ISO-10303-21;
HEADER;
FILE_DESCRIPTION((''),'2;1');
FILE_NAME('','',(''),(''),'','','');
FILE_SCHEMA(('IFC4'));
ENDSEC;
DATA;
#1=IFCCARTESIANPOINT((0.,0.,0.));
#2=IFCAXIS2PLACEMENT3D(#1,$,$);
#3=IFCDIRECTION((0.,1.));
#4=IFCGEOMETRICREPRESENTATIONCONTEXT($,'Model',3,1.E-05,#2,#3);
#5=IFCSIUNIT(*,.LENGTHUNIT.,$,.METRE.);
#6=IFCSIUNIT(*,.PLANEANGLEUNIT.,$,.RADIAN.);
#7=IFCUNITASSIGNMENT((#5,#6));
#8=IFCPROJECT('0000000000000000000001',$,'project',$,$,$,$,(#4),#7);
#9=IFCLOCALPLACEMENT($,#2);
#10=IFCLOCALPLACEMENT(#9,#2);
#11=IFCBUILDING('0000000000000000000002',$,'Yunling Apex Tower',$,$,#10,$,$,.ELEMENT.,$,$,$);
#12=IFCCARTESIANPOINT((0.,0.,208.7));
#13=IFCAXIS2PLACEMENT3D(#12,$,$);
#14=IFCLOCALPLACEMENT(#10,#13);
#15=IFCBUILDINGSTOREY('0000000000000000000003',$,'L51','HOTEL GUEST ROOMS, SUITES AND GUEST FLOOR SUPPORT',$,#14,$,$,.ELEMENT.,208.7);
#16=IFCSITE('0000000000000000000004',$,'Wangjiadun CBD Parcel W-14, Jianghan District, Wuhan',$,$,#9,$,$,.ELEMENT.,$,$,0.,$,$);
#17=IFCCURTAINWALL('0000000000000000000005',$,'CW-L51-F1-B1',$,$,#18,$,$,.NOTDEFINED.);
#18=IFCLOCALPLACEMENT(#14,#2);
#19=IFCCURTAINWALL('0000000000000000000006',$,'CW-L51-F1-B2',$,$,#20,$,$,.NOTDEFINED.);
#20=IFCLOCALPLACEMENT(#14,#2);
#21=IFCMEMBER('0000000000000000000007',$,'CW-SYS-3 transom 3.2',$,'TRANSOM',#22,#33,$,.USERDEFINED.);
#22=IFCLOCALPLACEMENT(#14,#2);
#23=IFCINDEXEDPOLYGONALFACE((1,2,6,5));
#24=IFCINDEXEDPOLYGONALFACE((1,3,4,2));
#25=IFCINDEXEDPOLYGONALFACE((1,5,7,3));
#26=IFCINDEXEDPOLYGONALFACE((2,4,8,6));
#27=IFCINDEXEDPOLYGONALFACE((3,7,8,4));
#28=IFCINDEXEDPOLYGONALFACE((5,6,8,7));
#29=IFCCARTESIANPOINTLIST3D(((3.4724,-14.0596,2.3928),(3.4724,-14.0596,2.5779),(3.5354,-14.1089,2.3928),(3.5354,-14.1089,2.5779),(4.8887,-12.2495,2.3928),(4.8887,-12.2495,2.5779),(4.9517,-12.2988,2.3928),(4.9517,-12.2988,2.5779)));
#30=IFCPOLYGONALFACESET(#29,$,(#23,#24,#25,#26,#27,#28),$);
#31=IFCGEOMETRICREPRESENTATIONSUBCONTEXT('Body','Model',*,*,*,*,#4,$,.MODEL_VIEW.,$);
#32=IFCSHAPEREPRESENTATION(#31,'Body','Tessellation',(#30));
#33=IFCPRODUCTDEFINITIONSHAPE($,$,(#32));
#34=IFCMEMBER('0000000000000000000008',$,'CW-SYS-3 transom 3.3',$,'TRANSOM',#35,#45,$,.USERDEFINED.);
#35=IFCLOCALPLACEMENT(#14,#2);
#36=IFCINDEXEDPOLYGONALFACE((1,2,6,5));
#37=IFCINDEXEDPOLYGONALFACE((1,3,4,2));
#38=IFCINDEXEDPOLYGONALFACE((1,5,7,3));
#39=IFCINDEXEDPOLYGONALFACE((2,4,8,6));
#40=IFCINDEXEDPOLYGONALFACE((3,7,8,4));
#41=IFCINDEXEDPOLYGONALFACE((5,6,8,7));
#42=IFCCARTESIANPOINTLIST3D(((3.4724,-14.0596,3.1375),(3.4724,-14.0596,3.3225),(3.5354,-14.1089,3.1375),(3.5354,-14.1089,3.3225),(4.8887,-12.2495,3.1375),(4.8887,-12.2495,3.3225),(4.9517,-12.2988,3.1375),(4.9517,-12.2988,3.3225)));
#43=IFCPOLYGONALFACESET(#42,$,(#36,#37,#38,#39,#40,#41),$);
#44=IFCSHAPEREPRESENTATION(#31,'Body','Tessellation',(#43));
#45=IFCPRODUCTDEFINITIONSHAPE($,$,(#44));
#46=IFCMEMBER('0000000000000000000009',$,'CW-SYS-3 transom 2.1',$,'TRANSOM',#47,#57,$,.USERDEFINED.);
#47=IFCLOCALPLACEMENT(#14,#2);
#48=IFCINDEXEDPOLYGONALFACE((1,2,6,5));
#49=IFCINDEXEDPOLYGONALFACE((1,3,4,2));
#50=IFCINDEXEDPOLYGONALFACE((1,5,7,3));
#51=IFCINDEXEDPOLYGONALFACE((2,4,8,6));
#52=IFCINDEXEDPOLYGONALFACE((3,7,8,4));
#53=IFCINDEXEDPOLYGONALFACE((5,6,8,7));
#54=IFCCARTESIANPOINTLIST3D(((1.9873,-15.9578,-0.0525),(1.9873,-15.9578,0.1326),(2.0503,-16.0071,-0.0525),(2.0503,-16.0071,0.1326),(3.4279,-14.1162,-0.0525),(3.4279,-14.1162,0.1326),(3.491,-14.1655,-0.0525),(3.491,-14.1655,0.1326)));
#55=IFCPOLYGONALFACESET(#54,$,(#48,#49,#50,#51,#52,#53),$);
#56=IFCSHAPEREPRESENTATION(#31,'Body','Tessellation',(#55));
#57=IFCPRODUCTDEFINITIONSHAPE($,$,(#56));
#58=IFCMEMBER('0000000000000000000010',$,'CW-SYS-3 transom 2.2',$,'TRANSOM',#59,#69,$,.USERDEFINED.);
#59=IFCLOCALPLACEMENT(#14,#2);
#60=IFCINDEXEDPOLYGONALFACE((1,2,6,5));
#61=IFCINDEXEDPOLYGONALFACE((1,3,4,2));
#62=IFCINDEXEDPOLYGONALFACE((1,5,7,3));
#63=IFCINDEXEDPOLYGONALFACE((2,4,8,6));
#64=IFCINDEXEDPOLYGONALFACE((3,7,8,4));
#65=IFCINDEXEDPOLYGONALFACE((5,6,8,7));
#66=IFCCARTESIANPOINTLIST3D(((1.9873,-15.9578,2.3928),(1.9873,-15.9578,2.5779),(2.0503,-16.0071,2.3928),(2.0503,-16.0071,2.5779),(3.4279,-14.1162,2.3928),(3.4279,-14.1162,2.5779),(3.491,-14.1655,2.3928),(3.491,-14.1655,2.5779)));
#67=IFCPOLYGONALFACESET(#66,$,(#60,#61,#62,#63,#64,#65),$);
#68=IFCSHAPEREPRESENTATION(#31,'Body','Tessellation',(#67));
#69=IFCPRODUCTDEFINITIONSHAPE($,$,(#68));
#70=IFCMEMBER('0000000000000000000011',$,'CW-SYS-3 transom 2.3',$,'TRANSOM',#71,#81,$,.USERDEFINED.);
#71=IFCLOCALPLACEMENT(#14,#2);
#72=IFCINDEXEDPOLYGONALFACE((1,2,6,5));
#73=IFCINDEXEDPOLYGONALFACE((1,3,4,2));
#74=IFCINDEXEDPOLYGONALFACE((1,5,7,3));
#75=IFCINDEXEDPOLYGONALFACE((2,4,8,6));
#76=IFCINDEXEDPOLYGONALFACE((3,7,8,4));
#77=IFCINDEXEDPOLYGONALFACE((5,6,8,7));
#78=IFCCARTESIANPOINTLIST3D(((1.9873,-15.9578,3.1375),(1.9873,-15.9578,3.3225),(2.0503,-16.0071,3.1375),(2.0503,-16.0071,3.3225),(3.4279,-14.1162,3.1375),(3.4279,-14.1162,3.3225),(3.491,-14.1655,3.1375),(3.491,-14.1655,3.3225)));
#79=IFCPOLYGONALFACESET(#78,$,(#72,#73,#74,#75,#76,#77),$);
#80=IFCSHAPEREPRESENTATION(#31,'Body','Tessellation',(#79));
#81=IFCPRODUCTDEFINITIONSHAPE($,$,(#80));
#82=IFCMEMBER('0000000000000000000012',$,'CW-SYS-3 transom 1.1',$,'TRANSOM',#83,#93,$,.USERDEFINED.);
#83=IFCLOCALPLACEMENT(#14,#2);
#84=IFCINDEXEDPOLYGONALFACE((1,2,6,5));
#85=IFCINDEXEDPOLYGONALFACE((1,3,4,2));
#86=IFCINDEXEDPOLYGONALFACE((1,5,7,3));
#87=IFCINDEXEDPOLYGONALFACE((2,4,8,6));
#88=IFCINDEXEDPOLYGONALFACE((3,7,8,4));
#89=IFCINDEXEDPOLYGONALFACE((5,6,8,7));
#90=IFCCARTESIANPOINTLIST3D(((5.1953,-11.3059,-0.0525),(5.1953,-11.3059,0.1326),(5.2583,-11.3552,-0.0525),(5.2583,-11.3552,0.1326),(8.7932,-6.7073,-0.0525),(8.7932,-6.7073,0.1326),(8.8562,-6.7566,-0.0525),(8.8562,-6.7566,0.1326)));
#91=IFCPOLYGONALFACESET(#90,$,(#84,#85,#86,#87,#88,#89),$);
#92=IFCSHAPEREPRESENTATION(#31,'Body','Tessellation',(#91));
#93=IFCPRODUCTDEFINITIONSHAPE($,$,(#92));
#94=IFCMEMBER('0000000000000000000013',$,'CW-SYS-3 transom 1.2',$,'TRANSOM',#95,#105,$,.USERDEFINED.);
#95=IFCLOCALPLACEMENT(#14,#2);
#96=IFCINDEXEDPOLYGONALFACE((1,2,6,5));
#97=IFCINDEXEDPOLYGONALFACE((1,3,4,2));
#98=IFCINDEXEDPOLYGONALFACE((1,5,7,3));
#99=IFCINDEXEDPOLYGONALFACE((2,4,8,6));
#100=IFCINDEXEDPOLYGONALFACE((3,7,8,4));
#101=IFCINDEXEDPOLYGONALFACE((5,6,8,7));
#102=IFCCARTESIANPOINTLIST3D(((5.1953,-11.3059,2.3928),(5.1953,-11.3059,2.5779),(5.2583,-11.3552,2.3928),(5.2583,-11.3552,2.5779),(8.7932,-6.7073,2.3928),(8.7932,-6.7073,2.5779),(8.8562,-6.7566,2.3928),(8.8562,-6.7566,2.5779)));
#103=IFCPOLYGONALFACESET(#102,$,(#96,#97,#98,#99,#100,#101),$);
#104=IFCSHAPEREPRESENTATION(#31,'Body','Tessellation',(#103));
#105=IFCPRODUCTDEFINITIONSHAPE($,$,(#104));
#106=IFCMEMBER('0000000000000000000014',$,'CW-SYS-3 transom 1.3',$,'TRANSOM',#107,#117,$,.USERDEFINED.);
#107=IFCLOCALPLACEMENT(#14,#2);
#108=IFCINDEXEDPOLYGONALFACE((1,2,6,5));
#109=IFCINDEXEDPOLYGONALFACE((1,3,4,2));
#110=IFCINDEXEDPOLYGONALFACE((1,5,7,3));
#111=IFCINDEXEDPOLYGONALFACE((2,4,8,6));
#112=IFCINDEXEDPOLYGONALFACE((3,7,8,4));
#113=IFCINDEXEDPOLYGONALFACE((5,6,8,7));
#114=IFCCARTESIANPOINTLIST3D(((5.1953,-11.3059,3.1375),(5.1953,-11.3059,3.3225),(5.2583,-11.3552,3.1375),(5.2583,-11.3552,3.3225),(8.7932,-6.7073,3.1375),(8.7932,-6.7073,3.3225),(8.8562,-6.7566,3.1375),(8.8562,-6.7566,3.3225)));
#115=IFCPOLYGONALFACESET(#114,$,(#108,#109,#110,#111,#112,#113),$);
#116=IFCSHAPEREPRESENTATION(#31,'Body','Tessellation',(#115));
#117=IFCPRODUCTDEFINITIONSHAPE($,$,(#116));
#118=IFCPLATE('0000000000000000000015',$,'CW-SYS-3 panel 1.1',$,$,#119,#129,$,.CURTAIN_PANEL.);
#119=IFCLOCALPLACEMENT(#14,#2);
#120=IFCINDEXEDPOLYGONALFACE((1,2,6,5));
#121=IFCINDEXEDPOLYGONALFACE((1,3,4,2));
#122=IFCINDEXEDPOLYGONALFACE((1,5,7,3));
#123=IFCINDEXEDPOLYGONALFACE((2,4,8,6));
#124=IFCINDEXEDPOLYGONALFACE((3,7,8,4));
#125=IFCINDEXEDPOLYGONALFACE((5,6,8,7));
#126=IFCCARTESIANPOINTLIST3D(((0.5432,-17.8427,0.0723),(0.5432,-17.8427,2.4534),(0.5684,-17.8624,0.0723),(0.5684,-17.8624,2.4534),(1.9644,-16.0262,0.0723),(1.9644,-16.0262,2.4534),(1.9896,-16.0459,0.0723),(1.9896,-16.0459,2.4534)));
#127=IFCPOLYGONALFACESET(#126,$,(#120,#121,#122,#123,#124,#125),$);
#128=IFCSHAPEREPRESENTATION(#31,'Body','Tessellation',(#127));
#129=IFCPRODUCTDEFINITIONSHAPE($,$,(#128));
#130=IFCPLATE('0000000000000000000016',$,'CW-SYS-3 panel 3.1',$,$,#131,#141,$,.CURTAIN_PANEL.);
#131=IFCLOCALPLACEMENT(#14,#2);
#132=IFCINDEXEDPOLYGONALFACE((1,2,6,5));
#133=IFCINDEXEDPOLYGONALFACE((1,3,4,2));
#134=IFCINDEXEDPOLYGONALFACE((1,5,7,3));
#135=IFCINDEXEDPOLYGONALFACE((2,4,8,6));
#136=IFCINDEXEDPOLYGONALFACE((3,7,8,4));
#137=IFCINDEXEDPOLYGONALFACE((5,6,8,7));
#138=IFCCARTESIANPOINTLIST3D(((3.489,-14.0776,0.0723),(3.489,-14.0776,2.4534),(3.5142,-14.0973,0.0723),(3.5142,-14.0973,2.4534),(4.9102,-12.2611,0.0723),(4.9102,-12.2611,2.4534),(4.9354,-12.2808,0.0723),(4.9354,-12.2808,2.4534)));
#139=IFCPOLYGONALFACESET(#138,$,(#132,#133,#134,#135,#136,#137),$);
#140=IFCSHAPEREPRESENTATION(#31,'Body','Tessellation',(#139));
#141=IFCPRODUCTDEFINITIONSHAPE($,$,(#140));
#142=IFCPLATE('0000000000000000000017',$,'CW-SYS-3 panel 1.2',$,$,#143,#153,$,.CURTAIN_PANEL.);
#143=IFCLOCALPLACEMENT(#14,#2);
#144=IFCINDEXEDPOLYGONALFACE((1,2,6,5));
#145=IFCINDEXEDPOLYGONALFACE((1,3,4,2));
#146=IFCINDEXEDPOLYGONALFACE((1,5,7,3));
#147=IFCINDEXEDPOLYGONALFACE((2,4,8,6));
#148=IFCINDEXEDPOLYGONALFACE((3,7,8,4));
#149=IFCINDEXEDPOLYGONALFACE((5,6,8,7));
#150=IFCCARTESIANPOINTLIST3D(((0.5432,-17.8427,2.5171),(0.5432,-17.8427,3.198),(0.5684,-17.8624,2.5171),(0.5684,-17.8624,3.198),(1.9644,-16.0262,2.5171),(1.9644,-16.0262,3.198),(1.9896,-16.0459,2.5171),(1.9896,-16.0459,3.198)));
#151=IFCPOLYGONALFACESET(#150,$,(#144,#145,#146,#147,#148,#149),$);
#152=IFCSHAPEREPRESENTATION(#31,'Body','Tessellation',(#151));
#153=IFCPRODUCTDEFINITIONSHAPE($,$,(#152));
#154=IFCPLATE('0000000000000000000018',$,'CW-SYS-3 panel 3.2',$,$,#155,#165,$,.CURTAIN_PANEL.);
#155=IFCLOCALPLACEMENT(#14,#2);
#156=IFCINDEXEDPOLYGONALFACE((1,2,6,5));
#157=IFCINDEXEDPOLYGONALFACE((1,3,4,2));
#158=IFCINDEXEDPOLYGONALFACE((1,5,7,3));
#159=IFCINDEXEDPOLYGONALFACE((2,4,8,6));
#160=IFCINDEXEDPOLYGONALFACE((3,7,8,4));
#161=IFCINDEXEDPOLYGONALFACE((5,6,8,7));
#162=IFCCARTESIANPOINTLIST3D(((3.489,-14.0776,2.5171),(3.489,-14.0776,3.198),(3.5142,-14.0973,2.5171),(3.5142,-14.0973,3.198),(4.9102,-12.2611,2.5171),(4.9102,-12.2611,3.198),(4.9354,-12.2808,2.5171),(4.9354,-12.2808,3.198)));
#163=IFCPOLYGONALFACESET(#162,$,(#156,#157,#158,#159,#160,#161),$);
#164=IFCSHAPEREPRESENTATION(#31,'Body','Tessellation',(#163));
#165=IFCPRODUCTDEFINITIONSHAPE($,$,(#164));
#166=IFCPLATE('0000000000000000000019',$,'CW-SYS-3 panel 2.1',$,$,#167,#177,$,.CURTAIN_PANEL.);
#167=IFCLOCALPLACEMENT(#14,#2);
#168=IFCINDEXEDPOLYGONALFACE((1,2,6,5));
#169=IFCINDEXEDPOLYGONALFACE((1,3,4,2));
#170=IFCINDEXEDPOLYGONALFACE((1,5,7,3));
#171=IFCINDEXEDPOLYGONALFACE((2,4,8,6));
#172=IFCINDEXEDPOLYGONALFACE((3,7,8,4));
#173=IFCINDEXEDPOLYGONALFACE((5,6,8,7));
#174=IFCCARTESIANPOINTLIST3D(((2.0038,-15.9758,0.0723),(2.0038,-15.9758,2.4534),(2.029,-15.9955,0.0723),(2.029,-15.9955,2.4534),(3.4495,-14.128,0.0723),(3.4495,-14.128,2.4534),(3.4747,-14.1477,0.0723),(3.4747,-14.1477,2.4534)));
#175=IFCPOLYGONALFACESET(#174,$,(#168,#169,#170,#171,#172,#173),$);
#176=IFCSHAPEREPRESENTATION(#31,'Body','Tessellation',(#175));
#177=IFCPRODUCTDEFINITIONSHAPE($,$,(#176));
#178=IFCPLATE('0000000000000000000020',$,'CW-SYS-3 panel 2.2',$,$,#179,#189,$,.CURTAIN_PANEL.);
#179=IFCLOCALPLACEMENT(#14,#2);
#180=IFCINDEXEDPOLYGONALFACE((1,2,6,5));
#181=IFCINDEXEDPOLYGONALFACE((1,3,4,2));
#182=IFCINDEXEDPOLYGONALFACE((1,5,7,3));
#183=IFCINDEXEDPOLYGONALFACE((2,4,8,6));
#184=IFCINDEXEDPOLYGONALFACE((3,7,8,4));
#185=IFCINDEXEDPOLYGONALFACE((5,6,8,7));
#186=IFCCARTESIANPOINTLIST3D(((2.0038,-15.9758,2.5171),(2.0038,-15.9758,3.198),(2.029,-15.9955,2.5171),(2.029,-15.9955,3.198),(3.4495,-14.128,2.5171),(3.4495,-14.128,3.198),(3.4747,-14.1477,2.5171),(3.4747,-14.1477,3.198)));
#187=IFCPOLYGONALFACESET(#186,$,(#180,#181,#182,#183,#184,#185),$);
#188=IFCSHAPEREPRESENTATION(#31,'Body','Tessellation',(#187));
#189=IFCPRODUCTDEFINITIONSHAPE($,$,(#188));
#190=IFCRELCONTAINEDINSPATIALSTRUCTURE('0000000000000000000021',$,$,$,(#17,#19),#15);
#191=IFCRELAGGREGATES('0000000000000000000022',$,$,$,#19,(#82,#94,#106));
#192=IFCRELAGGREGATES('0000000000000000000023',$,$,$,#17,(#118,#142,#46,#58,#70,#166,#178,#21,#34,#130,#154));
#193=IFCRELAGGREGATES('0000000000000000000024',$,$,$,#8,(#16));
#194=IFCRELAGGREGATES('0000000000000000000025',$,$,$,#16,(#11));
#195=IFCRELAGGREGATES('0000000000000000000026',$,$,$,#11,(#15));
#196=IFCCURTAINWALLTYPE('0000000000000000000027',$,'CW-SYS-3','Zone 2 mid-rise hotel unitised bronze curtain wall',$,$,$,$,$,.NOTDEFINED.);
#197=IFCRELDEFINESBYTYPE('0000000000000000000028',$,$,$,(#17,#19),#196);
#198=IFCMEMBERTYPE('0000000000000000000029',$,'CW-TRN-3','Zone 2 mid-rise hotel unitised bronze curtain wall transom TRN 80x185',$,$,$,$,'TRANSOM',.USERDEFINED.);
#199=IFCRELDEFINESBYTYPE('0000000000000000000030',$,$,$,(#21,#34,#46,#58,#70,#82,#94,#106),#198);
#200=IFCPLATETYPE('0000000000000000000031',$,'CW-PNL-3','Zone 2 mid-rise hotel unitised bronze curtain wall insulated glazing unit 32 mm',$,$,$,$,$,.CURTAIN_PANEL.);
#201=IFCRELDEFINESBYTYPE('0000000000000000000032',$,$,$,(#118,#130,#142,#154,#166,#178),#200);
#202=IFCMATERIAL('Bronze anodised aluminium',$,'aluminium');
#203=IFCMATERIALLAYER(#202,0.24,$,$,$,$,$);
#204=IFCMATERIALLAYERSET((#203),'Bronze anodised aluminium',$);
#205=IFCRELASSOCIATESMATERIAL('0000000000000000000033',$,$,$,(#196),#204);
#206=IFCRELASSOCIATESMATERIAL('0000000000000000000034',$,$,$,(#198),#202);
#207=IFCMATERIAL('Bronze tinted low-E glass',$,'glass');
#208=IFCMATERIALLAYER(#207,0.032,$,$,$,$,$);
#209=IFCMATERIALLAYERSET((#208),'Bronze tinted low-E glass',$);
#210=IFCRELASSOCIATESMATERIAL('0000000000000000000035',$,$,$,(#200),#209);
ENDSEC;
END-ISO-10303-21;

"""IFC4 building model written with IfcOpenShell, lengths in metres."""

from ifc_helpers import new_model, si_unit, direction, frame, origin, origin_2d, place, context, subcontext, project, spatial, rectangle, extrude, source, transform, mapped, material, layer, layer_set, material_profile, profile_set, type_object, element, aggregate, save


model = new_model("IFC4")

# Units and contexts
model_context = context("Model", 3, precision=1e-05, world=origin(), true_north=direction((0.0, 1.0)))
body_context = subcontext(model_context, "Body", "Model", "MODEL_VIEW")
ifc_project = project(units=[si_unit("LENGTHUNIT", "METRE"), si_unit("PLANEANGLEUNIT", "RADIAN")], contexts=[model_context])

# Site, building, storey
site_placement = place(None, origin())
site = spatial("IfcSite", under=ifc_project, at=site_placement, Name="Wangjiadun CBD Parcel W-14, Jianghan District, Wuhan", CompositionType="ELEMENT", RefElevation=0.0)
building_placement = place(site_placement, origin())
building = spatial("IfcBuilding", under=site, at=building_placement, Name="Yunling Apex Tower", CompositionType="ELEMENT")
storey_placement = place(building_placement, frame((0.0, 0.0, 208.7)))
storey = spatial("IfcBuildingStorey", under=building, at=storey_placement, Name="L51", Description="HOTEL GUEST ROOMS, SUITES AND GUEST FLOOR SUPPORT", CompositionType="ELEMENT", Elevation=208.7)

# Curtain wall
ifc_material_1 = material(Name="Bronze anodised aluminium", Category="aluminium")
ifc_layer_1 = layer(ifc_material_1, 0.24)
ifc_layer_set_1 = layer_set([ifc_layer_1], Name="Bronze anodised aluminium")
curtain_wall_type = type_object("IfcCurtainWallType", Name="CW-SYS-3", Description="Zone 2 mid-rise hotel unitised bronze curtain wall", PredefinedType="NOTDEFINED", material=ifc_layer_set_1)
curtain_wall_1_placement = place(storey_placement, origin())
curtain_wall_1 = element("IfcCurtainWall", 1, at=curtain_wall_1_placement, inside=storey, type_object=curtain_wall_type, Name="CW-L51-F1-B1", PredefinedType="NOTDEFINED")

# Curtain wall
curtain_wall_2_placement = place(storey_placement, origin())
curtain_wall_2 = element("IfcCurtainWall", 2, at=curtain_wall_2_placement, inside=storey, type_object=curtain_wall_type, Name="CW-L51-F1-B2", PredefinedType="NOTDEFINED")

# Members
ifc_material_profile_1 = material_profile(ifc_material_1, rectangle(XDim=0.0801, YDim=0.1851, at=origin_2d()))
ifc_profile_set_1 = profile_set([ifc_material_profile_1], Name="Bronze anodised aluminium")
member_type_1 = type_object("IfcMemberType", Name="CW-TRN-3", Description="Zone 2 mid-rise hotel unitised bronze curtain wall transom TRN 80x185", ElementType="TRANSOM", PredefinedType="USERDEFINED", material=ifc_profile_set_1)
shared_shape_1 = source(origin(), body_context, "Body", "SweptSolid", [
    extrude(rectangle(XDim=0.0801, YDim=0.1851, at=origin_2d()), origin(), (0.0, 0.0, 1.0), 2.2983),
])
member_1_placement = place(storey_placement, frame((3.5039, -14.0842, 2.4854), z_axis=(0.616225, 0.78757, 0.0), x_axis=(-0.78757, 0.616225, 0.0)))
member_1 = element("IfcMember", 3, at=member_1_placement, type_object=member_type_1, Name="CW-SYS-3 transom 3.2", ObjectType="TRANSOM", PredefinedType="USERDEFINED", context=body_context, shape_type="MappedRepresentation", body=[
    mapped(shared_shape_1, transform((0.0, 0.0, 0.0), scale=1.0)),
])
member_2_placement = place(storey_placement, frame((3.5039, -14.0842, 3.23), z_axis=(0.616225, 0.78757, 0.0), x_axis=(-0.78757, 0.616225, 0.0)))
member_2 = element("IfcMember", 4, at=member_2_placement, type_object=member_type_1, Name="CW-SYS-3 transom 3.3", ObjectType="TRANSOM", PredefinedType="USERDEFINED", context=body_context, shape_type="MappedRepresentation", body=[
    mapped(shared_shape_1, transform((0.0, 0.0, 0.0), scale=1.0)),
])
shared_shape_2 = source(origin(), body_context, "Body", "SweptSolid", [
    extrude(rectangle(XDim=0.0801, YDim=0.1851, at=origin_2d()), origin(), (0.0, 0.0, 1.0), 2.3381),
])
member_3_placement = place(storey_placement, frame((2.0188, -15.9824, 0.04), z_axis=(0.616165, 0.787617, 0.0), x_axis=(-0.787617, 0.616165, 0.0)))
member_3 = element("IfcMember", 5, at=member_3_placement, type_object=member_type_1, Name="CW-SYS-3 transom 2.1", ObjectType="TRANSOM", PredefinedType="USERDEFINED", context=body_context, shape_type="MappedRepresentation", body=[
    mapped(shared_shape_2, transform((0.0, 0.0, 0.0), scale=1.0)),
])
member_4_placement = place(storey_placement, frame((2.0188, -15.9824, 2.4854), z_axis=(0.616165, 0.787617, 0.0), x_axis=(-0.787617, 0.616165, 0.0)))
member_4 = element("IfcMember", 6, at=member_4_placement, type_object=member_type_1, Name="CW-SYS-3 transom 2.2", ObjectType="TRANSOM", PredefinedType="USERDEFINED", context=body_context, shape_type="MappedRepresentation", body=[
    mapped(shared_shape_2, transform((0.0, 0.0, 0.0), scale=1.0)),
])
member_5_placement = place(storey_placement, frame((2.0188, -15.9824, 3.23), z_axis=(0.616165, 0.787617, 0.0), x_axis=(-0.787617, 0.616165, 0.0)))
member_5 = element("IfcMember", 7, at=member_5_placement, type_object=member_type_1, Name="CW-SYS-3 transom 2.3", ObjectType="TRANSOM", PredefinedType="USERDEFINED", context=body_context, shape_type="MappedRepresentation", body=[
    mapped(shared_shape_2, transform((0.0, 0.0, 0.0), scale=1.0)),
])
shared_shape_3 = source(origin(), body_context, "Body", "SweptSolid", [
    extrude(rectangle(XDim=0.0801, YDim=0.1851, at=origin_2d()), origin(), (0.0, 0.0, 1.0), 5.8389),
])
member_6_placement = place(storey_placement, frame((5.2268, -11.3306, 0.04), z_axis=(0.616199, 0.787591, 0.0), x_axis=(-0.787591, 0.616199, 0.0)))
member_6 = element("IfcMember", 8, at=member_6_placement, type_object=member_type_1, Name="CW-SYS-3 transom 1.1", ObjectType="TRANSOM", PredefinedType="USERDEFINED", context=body_context, shape_type="MappedRepresentation", body=[
    mapped(shared_shape_3, transform((0.0, 0.0, 0.0), scale=1.0)),
])
member_7_placement = place(storey_placement, frame((5.2268, -11.3306, 2.4854), z_axis=(0.616199, 0.787591, 0.0), x_axis=(-0.787591, 0.616199, 0.0)))
member_7 = element("IfcMember", 9, at=member_7_placement, type_object=member_type_1, Name="CW-SYS-3 transom 1.2", ObjectType="TRANSOM", PredefinedType="USERDEFINED", context=body_context, shape_type="MappedRepresentation", body=[
    mapped(shared_shape_3, transform((0.0, 0.0, 0.0), scale=1.0)),
])
member_8_placement = place(storey_placement, frame((5.2268, -11.3306, 3.23), z_axis=(0.616199, 0.787591, 0.0), x_axis=(-0.787591, 0.616199, 0.0)))
member_8 = element("IfcMember", 10, at=member_8_placement, type_object=member_type_1, Name="CW-SYS-3 transom 1.3", ObjectType="TRANSOM", PredefinedType="USERDEFINED", context=body_context, shape_type="MappedRepresentation", body=[
    mapped(shared_shape_3, transform((0.0, 0.0, 0.0), scale=1.0)),
])
aggregate(curtain_wall_2, [member_6, member_7, member_8])

# Plates
ifc_material_2 = material(Name="Bronze tinted low-E glass", Category="glass")
ifc_layer_2 = layer(ifc_material_2, 0.032)
ifc_layer_set_2 = layer_set([ifc_layer_2], Name="Bronze tinted low-E glass")
plate_type = type_object("IfcPlateType", Name="CW-PNL-3", Description="Zone 2 mid-rise hotel unitised bronze curtain wall insulated glazing unit 32 mm", PredefinedType="CURTAIN_PANEL", material=ifc_layer_set_2)
shared_shape_4 = source(origin(), body_context, "Body", "SweptSolid", [
    extrude(rectangle(XDim=2.3064, YDim=0.032, at=origin_2d()), origin(), (0.0, 0.0, 1.0), 2.3811),
])
plate_1_placement = place(storey_placement, frame((1.2664, -16.9443, 0.0723), z_axis=(0.0, 0.0, 1.0), x_axis=(0.6162, 0.787589, 0.0)))
plate_1 = element("IfcPlate", 11, at=plate_1_placement, type_object=plate_type, Name="CW-SYS-3 panel 1.1", PredefinedType="CURTAIN_PANEL", context=body_context, shape_type="MappedRepresentation", body=[
    mapped(shared_shape_4, transform((0.0, 0.0, 0.0), scale=1.0)),
])
plate_2_placement = place(storey_placement, frame((4.2122, -13.1792, 0.0723), z_axis=(0.0, 0.0, 1.0), x_axis=(0.6162, 0.787589, 0.0)))
plate_2 = element("IfcPlate", 12, at=plate_2_placement, type_object=plate_type, Name="CW-SYS-3 panel 3.1", PredefinedType="CURTAIN_PANEL", context=body_context, shape_type="MappedRepresentation", body=[
    mapped(shared_shape_4, transform((0.0, 0.0, 0.0), scale=1.0)),
])
shared_shape_5 = source(origin(), body_context, "Body", "SweptSolid", [
    extrude(rectangle(XDim=2.3064, YDim=0.032, at=origin_2d()), origin(), (0.0, 0.0, 1.0), 0.6809),
])
plate_3_placement = place(storey_placement, frame((1.2664, -16.9443, 2.5171), z_axis=(0.0, 0.0, 1.0), x_axis=(0.6162, 0.787589, 0.0)))
plate_3 = element("IfcPlate", 13, at=plate_3_placement, type_object=plate_type, Name="CW-SYS-3 panel 1.2", PredefinedType="CURTAIN_PANEL", context=body_context, shape_type="MappedRepresentation", body=[
    mapped(shared_shape_5, transform((0.0, 0.0, 0.0), scale=1.0)),
])
plate_4_placement = place(storey_placement, frame((4.2122, -13.1792, 2.5171), z_axis=(0.0, 0.0, 1.0), x_axis=(0.6162, 0.787589, 0.0)))
plate_4 = element("IfcPlate", 14, at=plate_4_placement, type_object=plate_type, Name="CW-SYS-3 panel 3.2", PredefinedType="CURTAIN_PANEL", context=body_context, shape_type="MappedRepresentation", body=[
    mapped(shared_shape_5, transform((0.0, 0.0, 0.0), scale=1.0)),
])
shared_shape_6 = source(origin(), body_context, "Body", "SweptSolid", [
    extrude(rectangle(XDim=2.3462, YDim=0.032, at=origin_2d()), origin(), (0.0, 0.0, 1.0), 2.3811),
])
plate_5_placement = place(storey_placement, frame((2.7393, -15.0618, 0.0723), z_axis=(0.0, 0.0, 1.0), x_axis=(0.6162, 0.787589, 0.0)))
plate_5 = element("IfcPlate", 15, at=plate_5_placement, type_object=plate_type, Name="CW-SYS-3 panel 2.1", PredefinedType="CURTAIN_PANEL", context=body_context, shape_type="MappedRepresentation", body=[
    mapped(shared_shape_6, transform((0.0, 0.0, 0.0), scale=1.0)),
])
shared_shape_7 = source(origin(), body_context, "Body", "SweptSolid", [
    extrude(rectangle(XDim=2.3462, YDim=0.032, at=origin_2d()), origin(), (0.0, 0.0, 1.0), 0.6809),
])
plate_6_placement = place(storey_placement, frame((2.7393, -15.0618, 2.5171), z_axis=(0.0, 0.0, 1.0), x_axis=(0.6162, 0.787589, 0.0)))
plate_6 = element("IfcPlate", 16, at=plate_6_placement, type_object=plate_type, Name="CW-SYS-3 panel 2.2", PredefinedType="CURTAIN_PANEL", context=body_context, shape_type="MappedRepresentation", body=[
    mapped(shared_shape_7, transform((0.0, 0.0, 0.0), scale=1.0)),
])
aggregate(curtain_wall_1, [plate_1, plate_3, member_3, member_4, member_5, plate_5, plate_6, member_1, member_2, plate_2, plate_4])

save(model, "model.ifc")
